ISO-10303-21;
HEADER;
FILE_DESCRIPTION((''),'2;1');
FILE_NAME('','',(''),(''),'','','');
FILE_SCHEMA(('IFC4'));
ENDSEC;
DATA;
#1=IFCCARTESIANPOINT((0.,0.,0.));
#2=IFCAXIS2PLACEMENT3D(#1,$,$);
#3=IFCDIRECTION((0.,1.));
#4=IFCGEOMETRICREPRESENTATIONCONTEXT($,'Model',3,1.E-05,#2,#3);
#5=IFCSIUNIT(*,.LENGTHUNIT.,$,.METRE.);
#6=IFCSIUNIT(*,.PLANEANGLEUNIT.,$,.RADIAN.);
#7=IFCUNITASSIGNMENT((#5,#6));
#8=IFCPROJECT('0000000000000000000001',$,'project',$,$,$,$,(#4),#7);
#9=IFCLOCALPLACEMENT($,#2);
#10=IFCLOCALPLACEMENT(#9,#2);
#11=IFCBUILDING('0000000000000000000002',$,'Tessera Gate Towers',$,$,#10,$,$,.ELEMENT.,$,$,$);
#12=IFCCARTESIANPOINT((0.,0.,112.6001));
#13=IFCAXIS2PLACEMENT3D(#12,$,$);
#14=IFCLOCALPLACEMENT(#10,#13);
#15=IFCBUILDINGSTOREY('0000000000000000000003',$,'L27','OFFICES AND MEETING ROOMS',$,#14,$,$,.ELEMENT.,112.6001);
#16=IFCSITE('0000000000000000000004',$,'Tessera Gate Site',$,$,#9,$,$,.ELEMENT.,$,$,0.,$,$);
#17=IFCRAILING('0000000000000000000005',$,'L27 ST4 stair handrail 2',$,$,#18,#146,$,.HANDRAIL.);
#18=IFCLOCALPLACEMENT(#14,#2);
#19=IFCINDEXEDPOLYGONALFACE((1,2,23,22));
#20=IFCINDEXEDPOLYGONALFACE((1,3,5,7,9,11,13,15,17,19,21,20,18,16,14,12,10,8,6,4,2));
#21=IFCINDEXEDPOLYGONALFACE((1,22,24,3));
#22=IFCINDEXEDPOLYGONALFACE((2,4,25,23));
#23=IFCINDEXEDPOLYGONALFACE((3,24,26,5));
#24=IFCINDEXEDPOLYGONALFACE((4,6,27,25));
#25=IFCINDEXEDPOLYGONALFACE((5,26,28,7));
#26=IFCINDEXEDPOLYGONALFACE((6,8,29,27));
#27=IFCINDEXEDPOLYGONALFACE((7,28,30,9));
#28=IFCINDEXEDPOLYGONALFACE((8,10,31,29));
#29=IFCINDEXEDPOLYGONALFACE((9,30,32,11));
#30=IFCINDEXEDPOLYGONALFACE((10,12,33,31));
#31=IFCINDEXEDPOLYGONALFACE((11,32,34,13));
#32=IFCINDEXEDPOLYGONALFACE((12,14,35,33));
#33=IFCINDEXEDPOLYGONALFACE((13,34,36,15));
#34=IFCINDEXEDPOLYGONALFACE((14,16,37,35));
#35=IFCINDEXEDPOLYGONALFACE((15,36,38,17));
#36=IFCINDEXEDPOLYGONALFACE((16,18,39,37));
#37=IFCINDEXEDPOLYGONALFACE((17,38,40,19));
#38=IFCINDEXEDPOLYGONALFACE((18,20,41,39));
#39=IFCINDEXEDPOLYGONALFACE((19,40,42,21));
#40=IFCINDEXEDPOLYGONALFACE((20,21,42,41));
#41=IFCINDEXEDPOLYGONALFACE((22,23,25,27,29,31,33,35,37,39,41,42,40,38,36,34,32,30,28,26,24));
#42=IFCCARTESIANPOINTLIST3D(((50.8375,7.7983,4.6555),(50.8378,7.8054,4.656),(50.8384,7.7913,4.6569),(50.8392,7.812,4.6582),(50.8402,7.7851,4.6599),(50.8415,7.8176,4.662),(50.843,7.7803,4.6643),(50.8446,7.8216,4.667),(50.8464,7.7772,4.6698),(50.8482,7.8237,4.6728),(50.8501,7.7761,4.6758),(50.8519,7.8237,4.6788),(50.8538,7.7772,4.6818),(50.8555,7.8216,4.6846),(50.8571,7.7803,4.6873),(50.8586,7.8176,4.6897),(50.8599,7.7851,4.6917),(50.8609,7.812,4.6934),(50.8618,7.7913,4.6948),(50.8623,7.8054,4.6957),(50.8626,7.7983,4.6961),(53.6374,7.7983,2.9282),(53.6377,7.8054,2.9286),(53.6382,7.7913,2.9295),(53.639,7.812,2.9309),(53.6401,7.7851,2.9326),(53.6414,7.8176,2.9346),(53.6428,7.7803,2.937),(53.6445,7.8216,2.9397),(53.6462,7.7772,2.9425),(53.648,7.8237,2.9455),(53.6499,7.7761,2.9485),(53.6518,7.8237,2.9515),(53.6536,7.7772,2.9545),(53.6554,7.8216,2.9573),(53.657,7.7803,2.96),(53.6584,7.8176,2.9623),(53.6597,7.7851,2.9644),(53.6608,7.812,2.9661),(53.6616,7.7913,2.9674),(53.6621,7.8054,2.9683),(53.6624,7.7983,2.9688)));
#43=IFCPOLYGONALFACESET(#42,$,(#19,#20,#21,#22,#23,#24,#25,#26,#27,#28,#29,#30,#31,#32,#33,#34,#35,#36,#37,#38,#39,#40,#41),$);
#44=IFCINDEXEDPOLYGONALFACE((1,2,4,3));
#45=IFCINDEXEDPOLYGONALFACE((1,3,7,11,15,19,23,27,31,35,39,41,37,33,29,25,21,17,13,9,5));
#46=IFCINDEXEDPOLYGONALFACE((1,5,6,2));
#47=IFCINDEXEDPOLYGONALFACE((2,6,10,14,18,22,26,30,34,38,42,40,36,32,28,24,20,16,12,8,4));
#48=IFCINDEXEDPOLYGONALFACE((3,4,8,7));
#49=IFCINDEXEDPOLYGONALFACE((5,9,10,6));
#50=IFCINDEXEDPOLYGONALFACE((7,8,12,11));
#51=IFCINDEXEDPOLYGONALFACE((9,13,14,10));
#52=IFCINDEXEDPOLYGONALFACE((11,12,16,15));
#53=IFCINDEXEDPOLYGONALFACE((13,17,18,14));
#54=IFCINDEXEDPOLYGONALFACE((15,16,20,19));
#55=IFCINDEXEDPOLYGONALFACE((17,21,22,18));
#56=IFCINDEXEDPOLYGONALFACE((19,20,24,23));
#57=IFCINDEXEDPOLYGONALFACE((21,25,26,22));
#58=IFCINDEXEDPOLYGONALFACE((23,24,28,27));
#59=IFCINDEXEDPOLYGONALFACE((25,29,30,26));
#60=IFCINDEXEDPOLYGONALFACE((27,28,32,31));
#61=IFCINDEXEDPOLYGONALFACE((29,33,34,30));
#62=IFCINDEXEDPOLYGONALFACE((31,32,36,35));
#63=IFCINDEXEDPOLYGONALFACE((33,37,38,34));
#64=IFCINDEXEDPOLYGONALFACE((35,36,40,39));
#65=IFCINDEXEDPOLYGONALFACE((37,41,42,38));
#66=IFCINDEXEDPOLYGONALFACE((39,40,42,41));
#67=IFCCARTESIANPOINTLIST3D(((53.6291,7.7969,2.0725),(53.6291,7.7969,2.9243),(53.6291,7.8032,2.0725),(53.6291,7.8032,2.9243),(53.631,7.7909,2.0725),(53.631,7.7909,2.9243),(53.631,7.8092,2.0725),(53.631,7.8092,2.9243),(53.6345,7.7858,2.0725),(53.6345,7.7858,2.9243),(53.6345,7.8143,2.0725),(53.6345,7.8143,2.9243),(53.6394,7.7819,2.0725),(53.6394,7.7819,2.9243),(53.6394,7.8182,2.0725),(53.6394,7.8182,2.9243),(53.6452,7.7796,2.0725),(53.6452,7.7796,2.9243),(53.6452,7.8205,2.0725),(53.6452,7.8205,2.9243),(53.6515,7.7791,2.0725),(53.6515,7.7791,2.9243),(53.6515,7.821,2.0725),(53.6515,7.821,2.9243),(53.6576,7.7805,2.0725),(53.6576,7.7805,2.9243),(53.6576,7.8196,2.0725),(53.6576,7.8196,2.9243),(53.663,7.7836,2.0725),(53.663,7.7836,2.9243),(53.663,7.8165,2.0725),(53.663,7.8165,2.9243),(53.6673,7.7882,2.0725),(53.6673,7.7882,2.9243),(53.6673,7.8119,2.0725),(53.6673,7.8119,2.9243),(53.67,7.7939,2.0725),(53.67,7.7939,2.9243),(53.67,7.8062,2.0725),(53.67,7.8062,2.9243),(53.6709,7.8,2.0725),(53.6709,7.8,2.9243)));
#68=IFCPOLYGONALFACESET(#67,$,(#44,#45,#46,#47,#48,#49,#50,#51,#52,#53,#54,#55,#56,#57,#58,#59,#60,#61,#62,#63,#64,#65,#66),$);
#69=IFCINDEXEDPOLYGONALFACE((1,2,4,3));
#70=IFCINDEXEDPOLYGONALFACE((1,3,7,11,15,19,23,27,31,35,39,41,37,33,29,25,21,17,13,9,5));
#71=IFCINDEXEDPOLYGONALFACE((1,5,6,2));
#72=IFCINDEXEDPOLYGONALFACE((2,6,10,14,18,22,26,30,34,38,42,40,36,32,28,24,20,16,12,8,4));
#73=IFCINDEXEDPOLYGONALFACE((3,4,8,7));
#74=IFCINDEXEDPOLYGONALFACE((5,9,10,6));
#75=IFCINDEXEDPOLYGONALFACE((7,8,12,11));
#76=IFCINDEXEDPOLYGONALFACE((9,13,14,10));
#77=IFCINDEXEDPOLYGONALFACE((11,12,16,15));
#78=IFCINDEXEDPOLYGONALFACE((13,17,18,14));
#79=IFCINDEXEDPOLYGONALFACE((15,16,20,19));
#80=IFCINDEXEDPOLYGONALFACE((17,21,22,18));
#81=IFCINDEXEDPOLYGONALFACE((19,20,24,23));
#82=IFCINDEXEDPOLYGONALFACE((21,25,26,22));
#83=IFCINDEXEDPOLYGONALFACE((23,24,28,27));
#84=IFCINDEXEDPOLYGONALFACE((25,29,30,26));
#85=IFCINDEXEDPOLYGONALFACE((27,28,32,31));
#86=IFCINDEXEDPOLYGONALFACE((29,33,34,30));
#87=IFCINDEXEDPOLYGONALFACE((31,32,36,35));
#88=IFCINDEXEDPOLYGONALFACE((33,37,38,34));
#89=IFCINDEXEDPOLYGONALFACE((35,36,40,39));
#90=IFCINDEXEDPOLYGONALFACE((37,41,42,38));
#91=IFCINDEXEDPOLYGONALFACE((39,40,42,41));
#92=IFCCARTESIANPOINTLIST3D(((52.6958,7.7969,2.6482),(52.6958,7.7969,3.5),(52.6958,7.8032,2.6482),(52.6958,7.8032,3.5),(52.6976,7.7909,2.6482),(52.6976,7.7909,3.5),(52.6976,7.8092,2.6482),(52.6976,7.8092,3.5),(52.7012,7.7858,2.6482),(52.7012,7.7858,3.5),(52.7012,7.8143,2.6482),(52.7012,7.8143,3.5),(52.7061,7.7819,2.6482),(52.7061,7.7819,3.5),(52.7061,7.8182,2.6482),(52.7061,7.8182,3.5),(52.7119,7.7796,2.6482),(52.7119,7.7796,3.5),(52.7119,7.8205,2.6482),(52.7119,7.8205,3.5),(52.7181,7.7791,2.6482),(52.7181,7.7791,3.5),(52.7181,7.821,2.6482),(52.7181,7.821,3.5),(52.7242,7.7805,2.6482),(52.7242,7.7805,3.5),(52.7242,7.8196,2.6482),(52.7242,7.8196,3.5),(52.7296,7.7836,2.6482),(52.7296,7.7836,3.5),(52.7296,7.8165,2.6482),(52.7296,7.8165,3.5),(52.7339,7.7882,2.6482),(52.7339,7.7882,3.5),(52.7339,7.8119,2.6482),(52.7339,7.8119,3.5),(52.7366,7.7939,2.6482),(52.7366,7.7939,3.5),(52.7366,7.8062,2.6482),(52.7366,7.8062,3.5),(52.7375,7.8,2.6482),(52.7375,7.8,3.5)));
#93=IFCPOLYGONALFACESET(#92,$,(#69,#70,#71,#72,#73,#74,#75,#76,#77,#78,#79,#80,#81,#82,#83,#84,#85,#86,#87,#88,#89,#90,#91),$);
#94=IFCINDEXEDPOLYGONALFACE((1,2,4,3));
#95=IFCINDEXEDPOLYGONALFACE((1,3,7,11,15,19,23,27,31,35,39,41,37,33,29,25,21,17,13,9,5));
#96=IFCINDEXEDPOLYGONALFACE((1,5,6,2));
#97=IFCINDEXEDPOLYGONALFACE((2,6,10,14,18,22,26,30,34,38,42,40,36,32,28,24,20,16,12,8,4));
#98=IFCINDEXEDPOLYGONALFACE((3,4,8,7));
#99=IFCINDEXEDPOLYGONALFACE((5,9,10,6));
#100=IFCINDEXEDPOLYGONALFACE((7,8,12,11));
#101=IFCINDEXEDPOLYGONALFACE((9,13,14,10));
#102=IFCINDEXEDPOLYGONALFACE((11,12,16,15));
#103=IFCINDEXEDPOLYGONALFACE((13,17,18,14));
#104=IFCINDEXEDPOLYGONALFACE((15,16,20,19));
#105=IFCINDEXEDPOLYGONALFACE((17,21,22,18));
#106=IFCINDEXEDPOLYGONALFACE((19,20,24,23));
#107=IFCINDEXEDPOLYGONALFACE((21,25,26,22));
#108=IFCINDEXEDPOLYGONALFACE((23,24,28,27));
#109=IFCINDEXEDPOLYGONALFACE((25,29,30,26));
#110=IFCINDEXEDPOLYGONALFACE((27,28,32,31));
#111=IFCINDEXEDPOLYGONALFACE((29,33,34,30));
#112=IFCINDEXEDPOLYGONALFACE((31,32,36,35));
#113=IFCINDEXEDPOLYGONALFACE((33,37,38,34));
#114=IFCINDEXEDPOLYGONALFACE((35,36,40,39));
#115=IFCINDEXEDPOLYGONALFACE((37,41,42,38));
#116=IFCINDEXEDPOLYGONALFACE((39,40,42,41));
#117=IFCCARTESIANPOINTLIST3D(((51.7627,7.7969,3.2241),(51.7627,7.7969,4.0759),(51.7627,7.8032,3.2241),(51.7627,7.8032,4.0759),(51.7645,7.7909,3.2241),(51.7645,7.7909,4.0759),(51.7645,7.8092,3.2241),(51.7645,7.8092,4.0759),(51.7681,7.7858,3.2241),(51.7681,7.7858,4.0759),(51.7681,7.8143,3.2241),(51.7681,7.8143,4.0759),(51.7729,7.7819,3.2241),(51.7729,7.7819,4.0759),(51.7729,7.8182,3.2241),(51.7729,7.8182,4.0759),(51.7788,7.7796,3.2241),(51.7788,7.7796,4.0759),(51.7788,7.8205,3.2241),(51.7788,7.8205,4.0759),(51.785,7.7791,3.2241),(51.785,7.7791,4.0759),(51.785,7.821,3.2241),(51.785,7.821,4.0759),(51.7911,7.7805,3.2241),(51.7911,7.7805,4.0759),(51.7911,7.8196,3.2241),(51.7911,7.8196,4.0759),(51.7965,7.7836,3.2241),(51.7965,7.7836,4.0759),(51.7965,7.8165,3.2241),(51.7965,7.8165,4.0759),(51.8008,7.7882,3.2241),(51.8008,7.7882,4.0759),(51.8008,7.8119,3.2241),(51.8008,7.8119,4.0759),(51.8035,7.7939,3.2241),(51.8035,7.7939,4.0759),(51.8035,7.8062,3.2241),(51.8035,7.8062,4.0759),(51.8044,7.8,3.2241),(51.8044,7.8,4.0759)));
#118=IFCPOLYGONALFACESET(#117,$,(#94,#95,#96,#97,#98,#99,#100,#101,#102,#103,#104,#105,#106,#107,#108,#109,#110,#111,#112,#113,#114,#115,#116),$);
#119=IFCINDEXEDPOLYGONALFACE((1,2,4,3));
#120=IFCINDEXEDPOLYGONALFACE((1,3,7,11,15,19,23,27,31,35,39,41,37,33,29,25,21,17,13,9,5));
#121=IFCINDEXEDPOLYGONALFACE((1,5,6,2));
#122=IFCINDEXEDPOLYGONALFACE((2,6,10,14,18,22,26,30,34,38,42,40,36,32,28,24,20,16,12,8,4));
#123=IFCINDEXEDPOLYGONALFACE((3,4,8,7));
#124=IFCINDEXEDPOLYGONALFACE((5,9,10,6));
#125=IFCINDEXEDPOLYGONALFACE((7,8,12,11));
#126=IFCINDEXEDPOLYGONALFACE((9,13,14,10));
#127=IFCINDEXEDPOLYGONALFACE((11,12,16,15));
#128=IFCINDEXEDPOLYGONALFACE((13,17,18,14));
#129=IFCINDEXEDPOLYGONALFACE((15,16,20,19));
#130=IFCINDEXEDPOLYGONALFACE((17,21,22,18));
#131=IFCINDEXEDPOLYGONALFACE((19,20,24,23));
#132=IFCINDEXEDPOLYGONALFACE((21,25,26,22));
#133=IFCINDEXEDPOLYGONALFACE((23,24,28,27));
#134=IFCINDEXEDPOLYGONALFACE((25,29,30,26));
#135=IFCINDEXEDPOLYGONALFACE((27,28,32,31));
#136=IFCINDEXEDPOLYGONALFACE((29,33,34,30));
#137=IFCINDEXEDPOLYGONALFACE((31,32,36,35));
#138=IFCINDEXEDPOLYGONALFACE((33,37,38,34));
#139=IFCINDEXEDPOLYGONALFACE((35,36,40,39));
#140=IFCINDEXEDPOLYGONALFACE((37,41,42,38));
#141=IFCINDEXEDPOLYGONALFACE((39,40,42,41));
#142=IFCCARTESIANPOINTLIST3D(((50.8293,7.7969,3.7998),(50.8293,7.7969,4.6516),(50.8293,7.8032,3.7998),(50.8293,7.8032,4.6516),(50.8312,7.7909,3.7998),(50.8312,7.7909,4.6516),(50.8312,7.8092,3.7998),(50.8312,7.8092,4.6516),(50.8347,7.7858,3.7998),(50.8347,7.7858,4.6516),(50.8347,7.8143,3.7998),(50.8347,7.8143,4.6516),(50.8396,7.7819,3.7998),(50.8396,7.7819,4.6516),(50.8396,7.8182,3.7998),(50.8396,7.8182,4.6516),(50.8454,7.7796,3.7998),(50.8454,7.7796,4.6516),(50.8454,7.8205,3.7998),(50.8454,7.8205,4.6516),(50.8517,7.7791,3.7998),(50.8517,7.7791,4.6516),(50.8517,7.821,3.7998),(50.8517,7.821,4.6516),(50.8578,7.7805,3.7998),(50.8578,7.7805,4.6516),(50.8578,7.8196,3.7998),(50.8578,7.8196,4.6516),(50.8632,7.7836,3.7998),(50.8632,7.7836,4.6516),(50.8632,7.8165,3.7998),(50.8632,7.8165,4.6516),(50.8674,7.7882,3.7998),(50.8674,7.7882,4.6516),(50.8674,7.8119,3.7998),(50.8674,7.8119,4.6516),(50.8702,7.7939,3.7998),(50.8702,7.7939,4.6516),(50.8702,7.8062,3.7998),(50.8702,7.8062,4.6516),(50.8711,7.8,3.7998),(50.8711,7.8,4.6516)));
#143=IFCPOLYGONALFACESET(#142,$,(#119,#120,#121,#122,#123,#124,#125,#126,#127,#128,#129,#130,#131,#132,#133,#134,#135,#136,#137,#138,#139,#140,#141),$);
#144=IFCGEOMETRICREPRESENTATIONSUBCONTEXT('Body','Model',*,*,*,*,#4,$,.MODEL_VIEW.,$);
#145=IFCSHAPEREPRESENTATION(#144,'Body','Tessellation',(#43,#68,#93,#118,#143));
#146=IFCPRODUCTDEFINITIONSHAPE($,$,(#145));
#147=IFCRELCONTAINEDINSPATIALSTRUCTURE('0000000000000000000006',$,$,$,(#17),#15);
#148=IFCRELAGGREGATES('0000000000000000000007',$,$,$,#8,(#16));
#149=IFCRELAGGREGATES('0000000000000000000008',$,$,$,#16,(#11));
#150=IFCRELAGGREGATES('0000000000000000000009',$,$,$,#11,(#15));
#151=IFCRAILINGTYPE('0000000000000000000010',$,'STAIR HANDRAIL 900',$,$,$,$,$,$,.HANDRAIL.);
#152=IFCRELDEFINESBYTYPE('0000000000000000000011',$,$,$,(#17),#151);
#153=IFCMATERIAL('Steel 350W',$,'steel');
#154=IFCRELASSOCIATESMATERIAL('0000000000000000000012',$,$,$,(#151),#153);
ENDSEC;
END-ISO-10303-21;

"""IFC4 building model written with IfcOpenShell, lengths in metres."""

from ifc_helpers import new_model, si_unit, direction, frame, origin, origin_2d, place, context, subcontext, project, spatial, circle, extrude, material, type_object, element, save


model = new_model("IFC4")

# Units and contexts
model_context = context("Model", 3, precision=1e-05, world=origin(), true_north=direction((0.0, 1.0)))
body_context = subcontext(model_context, "Body", "Model", "MODEL_VIEW")
ifc_project = project(units=[si_unit("LENGTHUNIT", "METRE"), si_unit("PLANEANGLEUNIT", "RADIAN")], contexts=[model_context])

# Site, building, storey
site_placement = place(None, origin())
site = spatial("IfcSite", under=ifc_project, at=site_placement, Name="Tessera Gate Site", CompositionType="ELEMENT", RefElevation=0.0)
building_placement = place(site_placement, origin())
building = spatial("IfcBuilding", under=site, at=building_placement, Name="Tessera Gate Towers", CompositionType="ELEMENT")
storey_placement = place(building_placement, frame((0.0, 0.0, 112.6001)))
storey = spatial("IfcBuildingStorey", under=building, at=storey_placement, Name="L27", Description="OFFICES AND MEETING ROOMS", CompositionType="ELEMENT", Elevation=112.6001)

# Railing
ifc_material_1 = material(Name="Steel 350W", Category="steel")
railing_type_1 = type_object("IfcRailingType", Name="STAIR HANDRAIL 900", PredefinedType="HANDRAIL", material=ifc_material_1)
railing_1_placement = place(storey_placement, frame((53.6499, 7.8, 2.0725)))
element("IfcRailing", 1, at=railing_1_placement, inside=storey, type_object=railing_type_1, Name="L27 ST4 stair handrail 2", PredefinedType="HANDRAIL", context=body_context, shape_type="SweptSolid", body=[
    extrude(circle(Radius=0.0239, at=origin_2d()), frame((0.0, 0.0, 0.876), z_axis=(-0.851069, 0.0, 0.525054), x_axis=(0.0, -1.0, 0.0)), (0.0, 0.0, 1.0), 3.2898),
    extrude(circle(Radius=0.021, at=origin_2d()), origin(), (0.0, 0.0, 1.0), 0.8518),
    extrude(circle(Radius=0.021, at=origin_2d()), frame((-0.9333, 0.0, 0.5757)), (0.0, 0.0, 1.0), 0.8518),
    extrude(circle(Radius=0.021, at=origin_2d()), frame((-1.8665, 0.0, 1.1516)), (0.0, 0.0, 1.0), 0.8518),
    extrude(circle(Radius=0.021, at=origin_2d()), frame((-2.7998, 0.0, 1.7273)), (0.0, 0.0, 1.0), 0.8518),
])

save(model, "model.ifc")
